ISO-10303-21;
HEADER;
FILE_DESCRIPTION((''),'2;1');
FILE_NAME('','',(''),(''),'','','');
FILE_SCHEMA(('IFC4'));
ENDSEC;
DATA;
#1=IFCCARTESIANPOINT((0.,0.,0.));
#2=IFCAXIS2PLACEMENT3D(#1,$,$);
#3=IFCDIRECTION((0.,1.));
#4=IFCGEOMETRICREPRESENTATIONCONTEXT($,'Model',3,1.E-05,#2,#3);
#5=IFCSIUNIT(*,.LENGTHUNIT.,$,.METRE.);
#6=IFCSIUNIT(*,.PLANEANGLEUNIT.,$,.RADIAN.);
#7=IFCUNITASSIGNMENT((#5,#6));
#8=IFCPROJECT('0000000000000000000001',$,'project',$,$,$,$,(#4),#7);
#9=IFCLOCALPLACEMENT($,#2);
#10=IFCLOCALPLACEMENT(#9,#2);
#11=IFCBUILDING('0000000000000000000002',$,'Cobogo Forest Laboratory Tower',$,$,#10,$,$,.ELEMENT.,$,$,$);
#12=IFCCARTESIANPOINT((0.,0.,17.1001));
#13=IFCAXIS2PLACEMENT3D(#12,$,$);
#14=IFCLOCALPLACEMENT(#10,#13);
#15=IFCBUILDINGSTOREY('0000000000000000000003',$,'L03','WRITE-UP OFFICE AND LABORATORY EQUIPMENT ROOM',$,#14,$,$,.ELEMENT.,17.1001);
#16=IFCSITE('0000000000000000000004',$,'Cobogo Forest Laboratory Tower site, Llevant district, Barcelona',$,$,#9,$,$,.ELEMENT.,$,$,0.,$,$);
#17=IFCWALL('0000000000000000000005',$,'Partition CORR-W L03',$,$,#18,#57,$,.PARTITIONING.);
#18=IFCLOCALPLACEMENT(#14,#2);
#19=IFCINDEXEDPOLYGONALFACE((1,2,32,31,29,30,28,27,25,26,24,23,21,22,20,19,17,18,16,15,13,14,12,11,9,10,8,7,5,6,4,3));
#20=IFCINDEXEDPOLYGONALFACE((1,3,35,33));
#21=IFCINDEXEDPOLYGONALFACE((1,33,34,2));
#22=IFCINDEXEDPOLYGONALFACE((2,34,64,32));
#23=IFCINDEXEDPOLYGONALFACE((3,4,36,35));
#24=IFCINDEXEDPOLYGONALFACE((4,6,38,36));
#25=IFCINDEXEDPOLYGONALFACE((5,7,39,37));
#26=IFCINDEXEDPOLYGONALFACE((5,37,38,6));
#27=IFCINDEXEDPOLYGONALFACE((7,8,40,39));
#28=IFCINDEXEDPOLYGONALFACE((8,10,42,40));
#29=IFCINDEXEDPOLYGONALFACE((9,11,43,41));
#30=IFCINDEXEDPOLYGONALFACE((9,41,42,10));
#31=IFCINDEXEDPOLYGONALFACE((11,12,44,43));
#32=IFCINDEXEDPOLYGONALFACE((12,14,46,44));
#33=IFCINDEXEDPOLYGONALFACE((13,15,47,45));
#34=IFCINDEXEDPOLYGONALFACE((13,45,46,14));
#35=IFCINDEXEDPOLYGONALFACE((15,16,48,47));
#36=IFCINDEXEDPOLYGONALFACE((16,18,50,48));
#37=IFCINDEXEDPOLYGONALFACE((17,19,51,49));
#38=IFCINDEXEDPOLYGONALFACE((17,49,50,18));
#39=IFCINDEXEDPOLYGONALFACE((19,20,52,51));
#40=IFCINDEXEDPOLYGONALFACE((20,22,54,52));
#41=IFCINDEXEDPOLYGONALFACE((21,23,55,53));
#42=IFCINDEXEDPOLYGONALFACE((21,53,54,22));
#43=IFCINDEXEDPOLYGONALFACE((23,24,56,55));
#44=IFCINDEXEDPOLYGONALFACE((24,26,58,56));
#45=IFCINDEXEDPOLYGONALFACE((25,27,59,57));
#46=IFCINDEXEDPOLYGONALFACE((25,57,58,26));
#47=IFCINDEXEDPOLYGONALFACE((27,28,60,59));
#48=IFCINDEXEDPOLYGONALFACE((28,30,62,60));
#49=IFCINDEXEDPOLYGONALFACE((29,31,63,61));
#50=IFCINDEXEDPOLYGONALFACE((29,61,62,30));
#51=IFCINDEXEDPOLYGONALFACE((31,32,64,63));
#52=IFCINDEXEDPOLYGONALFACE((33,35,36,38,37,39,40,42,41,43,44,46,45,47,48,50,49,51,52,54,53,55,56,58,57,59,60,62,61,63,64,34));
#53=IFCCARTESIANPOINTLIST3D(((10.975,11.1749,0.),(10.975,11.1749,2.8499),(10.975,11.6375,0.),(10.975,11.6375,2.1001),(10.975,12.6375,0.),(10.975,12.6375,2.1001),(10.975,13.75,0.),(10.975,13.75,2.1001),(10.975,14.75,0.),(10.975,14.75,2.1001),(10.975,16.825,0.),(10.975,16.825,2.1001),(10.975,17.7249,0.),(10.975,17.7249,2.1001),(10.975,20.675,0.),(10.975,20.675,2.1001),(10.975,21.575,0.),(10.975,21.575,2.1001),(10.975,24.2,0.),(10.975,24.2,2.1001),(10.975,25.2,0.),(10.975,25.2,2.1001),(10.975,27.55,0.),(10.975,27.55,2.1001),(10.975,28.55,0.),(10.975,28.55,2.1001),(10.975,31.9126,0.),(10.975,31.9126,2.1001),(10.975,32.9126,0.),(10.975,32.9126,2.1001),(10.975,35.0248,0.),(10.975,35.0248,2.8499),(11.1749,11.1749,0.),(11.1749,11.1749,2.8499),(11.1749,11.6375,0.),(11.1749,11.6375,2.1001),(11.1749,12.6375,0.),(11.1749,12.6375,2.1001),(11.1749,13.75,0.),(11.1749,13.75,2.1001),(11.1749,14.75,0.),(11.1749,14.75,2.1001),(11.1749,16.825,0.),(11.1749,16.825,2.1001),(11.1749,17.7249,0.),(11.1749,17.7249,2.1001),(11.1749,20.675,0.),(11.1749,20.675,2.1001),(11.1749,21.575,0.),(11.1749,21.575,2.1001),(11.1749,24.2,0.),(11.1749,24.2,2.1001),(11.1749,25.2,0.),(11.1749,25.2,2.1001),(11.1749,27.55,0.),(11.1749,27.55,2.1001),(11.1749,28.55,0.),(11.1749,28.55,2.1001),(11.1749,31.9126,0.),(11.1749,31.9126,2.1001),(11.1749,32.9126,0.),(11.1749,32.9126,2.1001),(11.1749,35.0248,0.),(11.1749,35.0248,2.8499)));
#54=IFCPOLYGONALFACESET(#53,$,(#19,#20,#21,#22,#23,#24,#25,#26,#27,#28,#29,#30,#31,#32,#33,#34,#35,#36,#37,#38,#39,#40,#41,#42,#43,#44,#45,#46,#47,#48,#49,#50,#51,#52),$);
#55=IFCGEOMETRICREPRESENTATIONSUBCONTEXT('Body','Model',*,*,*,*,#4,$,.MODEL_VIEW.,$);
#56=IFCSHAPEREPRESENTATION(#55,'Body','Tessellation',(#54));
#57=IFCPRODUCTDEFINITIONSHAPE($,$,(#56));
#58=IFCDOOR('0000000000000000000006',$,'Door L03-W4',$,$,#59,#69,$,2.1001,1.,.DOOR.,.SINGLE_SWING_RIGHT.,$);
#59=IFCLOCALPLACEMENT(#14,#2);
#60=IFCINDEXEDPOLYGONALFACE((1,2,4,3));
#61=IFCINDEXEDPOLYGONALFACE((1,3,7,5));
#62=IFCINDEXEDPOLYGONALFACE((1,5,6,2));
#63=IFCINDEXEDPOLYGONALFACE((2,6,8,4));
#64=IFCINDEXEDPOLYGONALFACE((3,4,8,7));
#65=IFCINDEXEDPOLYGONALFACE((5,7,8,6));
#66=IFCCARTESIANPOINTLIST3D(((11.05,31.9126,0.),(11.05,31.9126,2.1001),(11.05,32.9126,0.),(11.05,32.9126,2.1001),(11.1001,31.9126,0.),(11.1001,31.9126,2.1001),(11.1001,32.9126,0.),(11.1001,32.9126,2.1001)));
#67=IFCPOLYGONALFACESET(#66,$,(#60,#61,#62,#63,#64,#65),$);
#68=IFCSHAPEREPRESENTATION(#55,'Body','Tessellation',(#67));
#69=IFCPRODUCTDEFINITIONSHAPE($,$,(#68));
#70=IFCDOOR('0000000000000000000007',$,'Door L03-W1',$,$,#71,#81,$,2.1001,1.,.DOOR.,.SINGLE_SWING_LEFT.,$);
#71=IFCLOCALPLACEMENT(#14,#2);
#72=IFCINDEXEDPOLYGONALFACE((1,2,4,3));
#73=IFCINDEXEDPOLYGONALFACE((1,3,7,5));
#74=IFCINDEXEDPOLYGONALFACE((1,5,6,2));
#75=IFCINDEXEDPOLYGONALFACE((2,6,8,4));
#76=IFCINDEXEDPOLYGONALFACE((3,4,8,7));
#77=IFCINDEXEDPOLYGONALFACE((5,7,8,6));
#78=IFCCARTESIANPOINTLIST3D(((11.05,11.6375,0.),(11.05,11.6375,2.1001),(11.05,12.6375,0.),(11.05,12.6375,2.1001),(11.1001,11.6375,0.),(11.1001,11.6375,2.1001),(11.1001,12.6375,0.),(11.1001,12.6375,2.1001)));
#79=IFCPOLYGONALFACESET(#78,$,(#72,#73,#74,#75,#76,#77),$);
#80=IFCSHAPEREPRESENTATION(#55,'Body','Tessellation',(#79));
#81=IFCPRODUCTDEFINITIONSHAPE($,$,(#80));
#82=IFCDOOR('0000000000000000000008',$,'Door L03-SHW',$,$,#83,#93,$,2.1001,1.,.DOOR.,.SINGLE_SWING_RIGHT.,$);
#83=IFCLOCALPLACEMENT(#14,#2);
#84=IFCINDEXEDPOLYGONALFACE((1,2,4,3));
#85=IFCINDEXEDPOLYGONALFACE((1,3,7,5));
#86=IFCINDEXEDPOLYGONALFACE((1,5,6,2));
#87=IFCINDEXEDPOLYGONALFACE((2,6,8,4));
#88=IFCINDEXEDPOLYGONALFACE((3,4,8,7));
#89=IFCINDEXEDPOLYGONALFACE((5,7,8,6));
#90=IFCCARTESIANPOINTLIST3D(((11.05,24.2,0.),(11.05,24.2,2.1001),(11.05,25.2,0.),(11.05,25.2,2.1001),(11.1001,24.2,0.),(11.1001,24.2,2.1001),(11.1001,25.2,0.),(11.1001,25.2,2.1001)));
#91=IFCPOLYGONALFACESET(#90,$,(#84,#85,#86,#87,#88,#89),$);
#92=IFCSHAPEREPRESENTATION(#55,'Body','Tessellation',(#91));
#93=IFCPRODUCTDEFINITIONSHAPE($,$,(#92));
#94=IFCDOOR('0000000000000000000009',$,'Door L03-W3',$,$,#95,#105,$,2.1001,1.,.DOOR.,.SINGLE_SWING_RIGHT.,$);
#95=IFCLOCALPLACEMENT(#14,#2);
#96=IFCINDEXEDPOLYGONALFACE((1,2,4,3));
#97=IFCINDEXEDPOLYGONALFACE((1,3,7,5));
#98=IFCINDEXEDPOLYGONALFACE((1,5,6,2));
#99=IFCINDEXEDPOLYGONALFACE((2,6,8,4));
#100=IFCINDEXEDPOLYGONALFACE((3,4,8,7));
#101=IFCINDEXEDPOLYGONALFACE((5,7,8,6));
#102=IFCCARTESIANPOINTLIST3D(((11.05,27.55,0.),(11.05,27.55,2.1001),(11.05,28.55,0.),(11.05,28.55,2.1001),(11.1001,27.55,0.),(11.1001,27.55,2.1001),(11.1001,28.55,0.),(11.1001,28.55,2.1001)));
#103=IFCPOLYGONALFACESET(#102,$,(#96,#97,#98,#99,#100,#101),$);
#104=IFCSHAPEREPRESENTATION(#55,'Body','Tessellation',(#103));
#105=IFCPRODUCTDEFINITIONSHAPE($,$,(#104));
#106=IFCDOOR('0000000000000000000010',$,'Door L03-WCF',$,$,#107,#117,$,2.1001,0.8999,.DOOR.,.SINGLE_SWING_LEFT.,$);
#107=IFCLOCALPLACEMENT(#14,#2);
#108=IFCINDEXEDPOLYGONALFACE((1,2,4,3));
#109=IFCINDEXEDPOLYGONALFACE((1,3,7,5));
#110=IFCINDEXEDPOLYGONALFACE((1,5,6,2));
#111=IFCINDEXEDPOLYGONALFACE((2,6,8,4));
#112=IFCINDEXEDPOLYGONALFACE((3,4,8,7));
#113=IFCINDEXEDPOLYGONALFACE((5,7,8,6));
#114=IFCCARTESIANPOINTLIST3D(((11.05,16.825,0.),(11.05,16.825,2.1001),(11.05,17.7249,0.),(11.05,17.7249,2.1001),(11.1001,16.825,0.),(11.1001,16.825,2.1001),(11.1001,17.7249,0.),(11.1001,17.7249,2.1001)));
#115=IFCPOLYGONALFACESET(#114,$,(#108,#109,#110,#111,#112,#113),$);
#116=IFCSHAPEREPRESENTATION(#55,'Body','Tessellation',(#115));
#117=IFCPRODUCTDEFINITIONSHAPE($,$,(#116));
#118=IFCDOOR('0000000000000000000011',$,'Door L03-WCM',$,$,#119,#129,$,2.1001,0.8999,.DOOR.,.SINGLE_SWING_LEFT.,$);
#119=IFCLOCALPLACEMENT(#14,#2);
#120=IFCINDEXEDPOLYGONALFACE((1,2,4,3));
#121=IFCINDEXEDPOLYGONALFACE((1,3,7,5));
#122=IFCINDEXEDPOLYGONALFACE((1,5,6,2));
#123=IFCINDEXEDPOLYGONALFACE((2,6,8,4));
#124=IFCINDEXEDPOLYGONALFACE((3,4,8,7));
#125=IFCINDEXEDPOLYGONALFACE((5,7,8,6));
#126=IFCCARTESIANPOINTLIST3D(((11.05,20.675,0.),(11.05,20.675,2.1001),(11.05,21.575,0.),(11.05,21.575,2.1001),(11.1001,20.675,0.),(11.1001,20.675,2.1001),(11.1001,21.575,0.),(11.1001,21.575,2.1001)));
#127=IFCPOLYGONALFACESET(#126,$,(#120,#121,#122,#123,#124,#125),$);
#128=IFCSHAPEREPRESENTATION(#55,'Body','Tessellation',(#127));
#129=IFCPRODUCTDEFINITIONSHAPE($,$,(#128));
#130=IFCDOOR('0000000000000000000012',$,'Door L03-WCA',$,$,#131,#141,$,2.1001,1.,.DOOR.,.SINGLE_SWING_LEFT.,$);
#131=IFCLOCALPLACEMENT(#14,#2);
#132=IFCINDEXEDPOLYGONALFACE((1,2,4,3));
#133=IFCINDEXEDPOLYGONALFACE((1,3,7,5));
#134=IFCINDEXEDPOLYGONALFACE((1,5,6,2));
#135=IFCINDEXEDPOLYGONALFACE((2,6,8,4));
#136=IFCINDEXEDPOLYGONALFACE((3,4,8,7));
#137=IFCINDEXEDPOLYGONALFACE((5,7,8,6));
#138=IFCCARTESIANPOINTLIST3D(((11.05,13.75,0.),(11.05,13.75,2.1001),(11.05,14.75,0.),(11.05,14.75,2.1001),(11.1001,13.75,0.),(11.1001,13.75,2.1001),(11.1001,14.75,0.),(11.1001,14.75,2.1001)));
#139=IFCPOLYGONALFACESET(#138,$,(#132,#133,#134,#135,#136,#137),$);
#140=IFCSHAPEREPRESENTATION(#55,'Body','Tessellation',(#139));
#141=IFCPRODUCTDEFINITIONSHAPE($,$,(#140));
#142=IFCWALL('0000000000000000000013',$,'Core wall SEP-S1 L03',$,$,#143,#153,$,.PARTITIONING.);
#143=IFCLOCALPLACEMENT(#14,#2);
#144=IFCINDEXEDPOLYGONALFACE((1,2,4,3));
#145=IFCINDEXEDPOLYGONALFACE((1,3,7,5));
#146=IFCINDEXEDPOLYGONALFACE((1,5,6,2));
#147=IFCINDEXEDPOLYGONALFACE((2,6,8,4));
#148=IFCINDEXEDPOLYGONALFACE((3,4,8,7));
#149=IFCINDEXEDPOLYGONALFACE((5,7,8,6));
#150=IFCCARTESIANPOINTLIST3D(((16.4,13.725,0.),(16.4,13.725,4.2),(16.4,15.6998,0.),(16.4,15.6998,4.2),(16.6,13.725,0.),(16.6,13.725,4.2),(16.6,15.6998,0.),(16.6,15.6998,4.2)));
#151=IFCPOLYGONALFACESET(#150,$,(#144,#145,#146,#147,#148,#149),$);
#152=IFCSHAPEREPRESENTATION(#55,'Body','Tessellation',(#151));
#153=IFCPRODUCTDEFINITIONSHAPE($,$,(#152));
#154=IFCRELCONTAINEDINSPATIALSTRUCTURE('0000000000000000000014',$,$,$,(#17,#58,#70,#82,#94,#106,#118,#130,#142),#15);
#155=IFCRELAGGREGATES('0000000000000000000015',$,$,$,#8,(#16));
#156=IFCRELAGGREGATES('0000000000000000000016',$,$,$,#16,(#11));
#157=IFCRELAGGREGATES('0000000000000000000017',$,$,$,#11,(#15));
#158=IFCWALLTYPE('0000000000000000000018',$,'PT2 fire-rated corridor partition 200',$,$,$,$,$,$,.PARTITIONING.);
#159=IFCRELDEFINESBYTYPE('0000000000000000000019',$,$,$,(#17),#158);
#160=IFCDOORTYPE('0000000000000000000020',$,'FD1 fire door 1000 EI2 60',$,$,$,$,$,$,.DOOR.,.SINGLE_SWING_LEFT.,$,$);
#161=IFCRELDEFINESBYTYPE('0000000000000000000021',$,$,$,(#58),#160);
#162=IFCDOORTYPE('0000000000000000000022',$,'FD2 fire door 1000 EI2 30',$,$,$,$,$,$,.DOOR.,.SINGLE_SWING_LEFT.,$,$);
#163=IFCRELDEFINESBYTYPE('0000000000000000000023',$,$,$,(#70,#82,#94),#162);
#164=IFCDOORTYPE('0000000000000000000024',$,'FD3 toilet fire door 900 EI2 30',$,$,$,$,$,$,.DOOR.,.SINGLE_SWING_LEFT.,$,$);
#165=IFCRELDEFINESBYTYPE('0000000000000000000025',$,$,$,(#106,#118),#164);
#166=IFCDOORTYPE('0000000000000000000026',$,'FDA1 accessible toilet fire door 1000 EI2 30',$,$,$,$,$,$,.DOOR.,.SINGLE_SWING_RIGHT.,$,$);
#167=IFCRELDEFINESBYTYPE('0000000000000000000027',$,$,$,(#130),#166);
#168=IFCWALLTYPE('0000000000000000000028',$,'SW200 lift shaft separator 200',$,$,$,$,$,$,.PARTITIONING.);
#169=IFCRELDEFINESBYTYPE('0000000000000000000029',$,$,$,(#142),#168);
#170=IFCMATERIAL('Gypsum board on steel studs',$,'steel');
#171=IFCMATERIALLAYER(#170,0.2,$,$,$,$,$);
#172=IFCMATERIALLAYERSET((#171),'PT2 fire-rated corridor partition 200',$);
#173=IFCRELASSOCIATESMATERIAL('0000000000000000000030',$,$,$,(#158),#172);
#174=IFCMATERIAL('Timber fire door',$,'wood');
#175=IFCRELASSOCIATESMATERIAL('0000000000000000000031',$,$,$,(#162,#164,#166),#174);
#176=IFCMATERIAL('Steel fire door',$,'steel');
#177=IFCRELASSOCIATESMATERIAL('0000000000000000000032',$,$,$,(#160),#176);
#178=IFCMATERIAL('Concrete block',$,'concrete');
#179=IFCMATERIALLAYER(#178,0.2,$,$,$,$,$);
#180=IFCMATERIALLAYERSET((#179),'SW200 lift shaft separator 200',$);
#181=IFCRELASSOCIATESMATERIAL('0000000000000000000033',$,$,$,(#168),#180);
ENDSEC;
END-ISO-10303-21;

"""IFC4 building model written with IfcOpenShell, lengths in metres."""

from ifc_helpers import new_model, si_unit, direction, frame, frame_2d, origin, place, context, subcontext, project, spatial, rectangle, extrude, material, layer, layer_set, type_object, element, fill, save


model = new_model("IFC4")

# Units and contexts
model_context = context("Model", 3, precision=1e-05, world=origin(), true_north=direction((0.0, 1.0)))
body_context = subcontext(model_context, "Body", "Model", "MODEL_VIEW")
ifc_project = project(units=[si_unit("LENGTHUNIT", "METRE"), si_unit("PLANEANGLEUNIT", "RADIAN")], contexts=[model_context])

# Site, building, storey
site_placement = place(None, origin())
site = spatial("IfcSite", under=ifc_project, at=site_placement, Name="Cobogo Forest Laboratory Tower site, Llevant district, Barcelona", CompositionType="ELEMENT", RefElevation=0.0)
building_placement = place(site_placement, origin())
building = spatial("IfcBuilding", under=site, at=building_placement, Name="Cobogo Forest Laboratory Tower", CompositionType="ELEMENT")
storey_placement = place(building_placement, frame((0.0, 0.0, 17.1001)))
storey = spatial("IfcBuildingStorey", under=building, at=storey_placement, Name="L03", Description="WRITE-UP OFFICE AND LABORATORY EQUIPMENT ROOM", CompositionType="ELEMENT", Elevation=17.1001)

# Shared definitions
ifc_material_1 = material(Name="Gypsum board on steel studs", Category="steel")

# Shared definitions
ifc_layer_1 = layer(ifc_material_1, 0.2)
ifc_layer_set_1 = layer_set([ifc_layer_1], Name="PT2 fire-rated corridor partition 200")
wall_type_1 = type_object("IfcWallType", Name="PT2 fire-rated corridor partition 200", PredefinedType="PARTITIONING", material=ifc_layer_set_1)
ifc_material_2 = material(Name="Timber fire door", Category="wood")
door_type_1 = type_object("IfcDoorType", Name="FD2 fire door 1000 EI2 30", OperationType="SINGLE_SWING_LEFT", PredefinedType="DOOR", material=ifc_material_2)

# Wall, openings, doors
wall_1_placement = place(storey_placement, frame((11.075, 11.175, 0.0), z_axis=(0.0, 0.0, 1.0), x_axis=(0.0, 1.0, 0.0)))
wall_1 = element("IfcWall", 1, at=wall_1_placement, inside=storey, type_object=wall_type_1, Name="Partition CORR-W L03", PredefinedType="PARTITIONING", context=body_context, shape_type="SweptSolid", body=[
    extrude(rectangle(XDim=23.8499, YDim=0.2, at=frame_2d((11.9248, 0.0))), origin(), (0.0, 0.0, 1.0), 2.8499),
])
opening_1_placement = place(wall_1_placement, frame((0.4624, 0.0, 0.0)))
opening_1 = element("IfcOpeningElement", 2, at=opening_1_placement, cuts=wall_1, PredefinedType="OPENING", context=body_context, shape_type="SweptSolid", body=[
    extrude(rectangle(XDim=1.0, YDim=2.1001, at=frame_2d((0.5, 1.05))), frame((0.0, 0.1099, 0.0), z_axis=(0.0, -1.0, 0.0), x_axis=(1.0, 0.0, 0.0)), (0.0, 0.0, 1.0), 0.22),
])
opening_2_placement = place(wall_1_placement, frame((2.575, 0.0, 0.0)))
opening_2 = element("IfcOpeningElement", 3, at=opening_2_placement, cuts=wall_1, PredefinedType="OPENING", context=body_context, shape_type="SweptSolid", body=[
    extrude(rectangle(XDim=1.0, YDim=2.1001, at=frame_2d((0.5, 1.05))), frame((0.0, 0.1099, 0.0), z_axis=(0.0, -1.0, 0.0), x_axis=(1.0, 0.0, 0.0)), (0.0, 0.0, 1.0), 0.22),
])
opening_3_placement = place(wall_1_placement, frame((5.6499, 0.0, 0.0)))
opening_3 = element("IfcOpeningElement", 4, at=opening_3_placement, cuts=wall_1, PredefinedType="OPENING", context=body_context, shape_type="SweptSolid", body=[
    extrude(rectangle(XDim=0.8999, YDim=2.1001, at=frame_2d((0.45, 1.05))), frame((0.0, 0.1099, 0.0), z_axis=(0.0, -1.0, 0.0), x_axis=(1.0, 0.0, 0.0)), (0.0, 0.0, 1.0), 0.22),
])
opening_4_placement = place(wall_1_placement, frame((9.5, 0.0, 0.0)))
opening_4 = element("IfcOpeningElement", 5, at=opening_4_placement, cuts=wall_1, PredefinedType="OPENING", context=body_context, shape_type="SweptSolid", body=[
    extrude(rectangle(XDim=0.8999, YDim=2.1001, at=frame_2d((0.45, 1.05))), frame((0.0, 0.1099, 0.0), z_axis=(0.0, -1.0, 0.0), x_axis=(1.0, 0.0, 0.0)), (0.0, 0.0, 1.0), 0.22),
])
opening_5_placement = place(wall_1_placement, frame((13.0249, 0.0, 0.0)))
opening_5 = element("IfcOpeningElement", 6, at=opening_5_placement, cuts=wall_1, PredefinedType="OPENING", context=body_context, shape_type="SweptSolid", body=[
    extrude(rectangle(XDim=1.0, YDim=2.1001, at=frame_2d((0.5, 1.05))), frame((0.0, 0.1099, 0.0), z_axis=(0.0, -1.0, 0.0), x_axis=(1.0, 0.0, 0.0)), (0.0, 0.0, 1.0), 0.22),
])
opening_6_placement = place(wall_1_placement, frame((16.375, 0.0, 0.0)))
opening_6 = element("IfcOpeningElement", 7, at=opening_6_placement, cuts=wall_1, PredefinedType="OPENING", context=body_context, shape_type="SweptSolid", body=[
    extrude(rectangle(XDim=1.0, YDim=2.1001, at=frame_2d((0.5, 1.05))), frame((0.0, 0.1099, 0.0), z_axis=(0.0, -1.0, 0.0), x_axis=(1.0, 0.0, 0.0)), (0.0, 0.0, 1.0), 0.22),
])
opening_7_placement = place(wall_1_placement, frame((20.7375, 0.0, 0.0)))
opening_7 = element("IfcOpeningElement", 8, at=opening_7_placement, cuts=wall_1, PredefinedType="OPENING", context=body_context, shape_type="SweptSolid", body=[
    extrude(rectangle(XDim=1.0, YDim=2.1001, at=frame_2d((0.5, 1.05))), frame((0.0, 0.1099, 0.0), z_axis=(0.0, -1.0, 0.0), x_axis=(1.0, 0.0, 0.0)), (0.0, 0.0, 1.0), 0.22),
])
ifc_material_3 = material(Name="Steel fire door", Category="steel")
door_type_2 = type_object("IfcDoorType", Name="FD1 fire door 1000 EI2 60", OperationType="SINGLE_SWING_LEFT", PredefinedType="DOOR", material=ifc_material_3)
door_1_placement = place(opening_7_placement, origin())
door_1 = element("IfcDoor", 9, at=door_1_placement, inside=storey, type_object=door_type_2, Name="Door L03-W4", OperationType="SINGLE_SWING_RIGHT", OverallHeight=2.1001, OverallWidth=1.0, PredefinedType="DOOR", context=body_context, shape_type="SweptSolid", body=[
    extrude(rectangle(XDim=1.0, YDim=2.1001, at=frame_2d((0.5, 1.05))), frame((0.0, 0.0249, 0.0), z_axis=(0.0, -1.0, 0.0), x_axis=(1.0, 0.0, 0.0)), (0.0, 0.0, 1.0), 0.05),
])
fill(opening_7, door_1)
door_2_placement = place(opening_1_placement, origin())
door_2 = element("IfcDoor", 10, at=door_2_placement, inside=storey, type_object=door_type_1, Name="Door L03-W1", OperationType="SINGLE_SWING_LEFT", OverallHeight=2.1001, OverallWidth=1.0, PredefinedType="DOOR", context=body_context, shape_type="SweptSolid", body=[
    extrude(rectangle(XDim=1.0, YDim=2.1001, at=frame_2d((0.5, 1.05))), frame((0.0, 0.0249, 0.0), z_axis=(0.0, -1.0, 0.0), x_axis=(1.0, 0.0, 0.0)), (0.0, 0.0, 1.0), 0.05),
])
fill(opening_1, door_2)
door_3_placement = place(opening_5_placement, origin())
door_3 = element("IfcDoor", 11, at=door_3_placement, inside=storey, type_object=door_type_1, Name="Door L03-SHW", OperationType="SINGLE_SWING_RIGHT", OverallHeight=2.1001, OverallWidth=1.0, PredefinedType="DOOR", context=body_context, shape_type="SweptSolid", body=[
    extrude(rectangle(XDim=1.0, YDim=2.1001, at=frame_2d((0.5, 1.05))), frame((0.0, 0.0249, 0.0), z_axis=(0.0, -1.0, 0.0), x_axis=(1.0, 0.0, 0.0)), (0.0, 0.0, 1.0), 0.05),
])
fill(opening_5, door_3)
door_4_placement = place(opening_6_placement, origin())
door_4 = element("IfcDoor", 12, at=door_4_placement, inside=storey, type_object=door_type_1, Name="Door L03-W3", OperationType="SINGLE_SWING_RIGHT", OverallHeight=2.1001, OverallWidth=1.0, PredefinedType="DOOR", context=body_context, shape_type="SweptSolid", body=[
    extrude(rectangle(XDim=1.0, YDim=2.1001, at=frame_2d((0.5, 1.05))), frame((0.0, 0.0249, 0.0), z_axis=(0.0, -1.0, 0.0), x_axis=(1.0, 0.0, 0.0)), (0.0, 0.0, 1.0), 0.05),
])
fill(opening_6, door_4)
door_type_3 = type_object("IfcDoorType", Name="FD3 toilet fire door 900 EI2 30", OperationType="SINGLE_SWING_LEFT", PredefinedType="DOOR", material=ifc_material_2)
door_5_placement = place(opening_3_placement, origin())
door_5 = element("IfcDoor", 13, at=door_5_placement, inside=storey, type_object=door_type_3, Name="Door L03-WCF", OperationType="SINGLE_SWING_LEFT", OverallHeight=2.1001, OverallWidth=0.8999, PredefinedType="DOOR", context=body_context, shape_type="SweptSolid", body=[
    extrude(rectangle(XDim=0.8999, YDim=2.1001, at=frame_2d((0.45, 1.05))), frame((0.0, 0.0249, 0.0), z_axis=(0.0, -1.0, 0.0), x_axis=(1.0, 0.0, 0.0)), (0.0, 0.0, 1.0), 0.05),
])
fill(opening_3, door_5)
door_6_placement = place(opening_4_placement, origin())
door_6 = element("IfcDoor", 14, at=door_6_placement, inside=storey, type_object=door_type_3, Name="Door L03-WCM", OperationType="SINGLE_SWING_LEFT", OverallHeight=2.1001, OverallWidth=0.8999, PredefinedType="DOOR", context=body_context, shape_type="SweptSolid", body=[
    extrude(rectangle(XDim=0.8999, YDim=2.1001, at=frame_2d((0.45, 1.05))), frame((0.0, 0.0249, 0.0), z_axis=(0.0, -1.0, 0.0), x_axis=(1.0, 0.0, 0.0)), (0.0, 0.0, 1.0), 0.05),
])
fill(opening_4, door_6)
door_type_4 = type_object("IfcDoorType", Name="FDA1 accessible toilet fire door 1000 EI2 30", OperationType="SINGLE_SWING_RIGHT", PredefinedType="DOOR", material=ifc_material_2)
door_7_placement = place(opening_2_placement, origin())
door_7 = element("IfcDoor", 15, at=door_7_placement, inside=storey, type_object=door_type_4, Name="Door L03-WCA", OperationType="SINGLE_SWING_LEFT", OverallHeight=2.1001, OverallWidth=1.0, PredefinedType="DOOR", context=body_context, shape_type="SweptSolid", body=[
    extrude(rectangle(XDim=1.0, YDim=2.1001, at=frame_2d((0.5, 1.05))), frame((0.0, 0.0249, 0.0), z_axis=(0.0, -1.0, 0.0), x_axis=(1.0, 0.0, 0.0)), (0.0, 0.0, 1.0), 0.05),
])
fill(opening_2, door_7)

# Wall
ifc_material_4 = material(Name="Concrete block", Category="concrete")
ifc_layer_2 = layer(ifc_material_4, 0.2)
ifc_layer_set_2 = layer_set([ifc_layer_2], Name="SW200 lift shaft separator 200")
wall_type_2 = type_object("IfcWallType", Name="SW200 lift shaft separator 200", PredefinedType="PARTITIONING", material=ifc_layer_set_2)
wall_2_placement = place(storey_placement, frame((16.5, 13.7251, 0.0), z_axis=(0.0, 0.0, 1.0), x_axis=(0.0, 1.0, 0.0)))
element("IfcWall", 16, at=wall_2_placement, inside=storey, type_object=wall_type_2, Name="Core wall SEP-S1 L03", PredefinedType="PARTITIONING", context=body_context, shape_type="SweptSolid", body=[
    extrude(rectangle(XDim=1.9749, YDim=0.2, at=frame_2d((0.9873, 0.0))), origin(), (0.0, 0.0, 1.0), 4.2),
])

save(model, "model.ifc")
